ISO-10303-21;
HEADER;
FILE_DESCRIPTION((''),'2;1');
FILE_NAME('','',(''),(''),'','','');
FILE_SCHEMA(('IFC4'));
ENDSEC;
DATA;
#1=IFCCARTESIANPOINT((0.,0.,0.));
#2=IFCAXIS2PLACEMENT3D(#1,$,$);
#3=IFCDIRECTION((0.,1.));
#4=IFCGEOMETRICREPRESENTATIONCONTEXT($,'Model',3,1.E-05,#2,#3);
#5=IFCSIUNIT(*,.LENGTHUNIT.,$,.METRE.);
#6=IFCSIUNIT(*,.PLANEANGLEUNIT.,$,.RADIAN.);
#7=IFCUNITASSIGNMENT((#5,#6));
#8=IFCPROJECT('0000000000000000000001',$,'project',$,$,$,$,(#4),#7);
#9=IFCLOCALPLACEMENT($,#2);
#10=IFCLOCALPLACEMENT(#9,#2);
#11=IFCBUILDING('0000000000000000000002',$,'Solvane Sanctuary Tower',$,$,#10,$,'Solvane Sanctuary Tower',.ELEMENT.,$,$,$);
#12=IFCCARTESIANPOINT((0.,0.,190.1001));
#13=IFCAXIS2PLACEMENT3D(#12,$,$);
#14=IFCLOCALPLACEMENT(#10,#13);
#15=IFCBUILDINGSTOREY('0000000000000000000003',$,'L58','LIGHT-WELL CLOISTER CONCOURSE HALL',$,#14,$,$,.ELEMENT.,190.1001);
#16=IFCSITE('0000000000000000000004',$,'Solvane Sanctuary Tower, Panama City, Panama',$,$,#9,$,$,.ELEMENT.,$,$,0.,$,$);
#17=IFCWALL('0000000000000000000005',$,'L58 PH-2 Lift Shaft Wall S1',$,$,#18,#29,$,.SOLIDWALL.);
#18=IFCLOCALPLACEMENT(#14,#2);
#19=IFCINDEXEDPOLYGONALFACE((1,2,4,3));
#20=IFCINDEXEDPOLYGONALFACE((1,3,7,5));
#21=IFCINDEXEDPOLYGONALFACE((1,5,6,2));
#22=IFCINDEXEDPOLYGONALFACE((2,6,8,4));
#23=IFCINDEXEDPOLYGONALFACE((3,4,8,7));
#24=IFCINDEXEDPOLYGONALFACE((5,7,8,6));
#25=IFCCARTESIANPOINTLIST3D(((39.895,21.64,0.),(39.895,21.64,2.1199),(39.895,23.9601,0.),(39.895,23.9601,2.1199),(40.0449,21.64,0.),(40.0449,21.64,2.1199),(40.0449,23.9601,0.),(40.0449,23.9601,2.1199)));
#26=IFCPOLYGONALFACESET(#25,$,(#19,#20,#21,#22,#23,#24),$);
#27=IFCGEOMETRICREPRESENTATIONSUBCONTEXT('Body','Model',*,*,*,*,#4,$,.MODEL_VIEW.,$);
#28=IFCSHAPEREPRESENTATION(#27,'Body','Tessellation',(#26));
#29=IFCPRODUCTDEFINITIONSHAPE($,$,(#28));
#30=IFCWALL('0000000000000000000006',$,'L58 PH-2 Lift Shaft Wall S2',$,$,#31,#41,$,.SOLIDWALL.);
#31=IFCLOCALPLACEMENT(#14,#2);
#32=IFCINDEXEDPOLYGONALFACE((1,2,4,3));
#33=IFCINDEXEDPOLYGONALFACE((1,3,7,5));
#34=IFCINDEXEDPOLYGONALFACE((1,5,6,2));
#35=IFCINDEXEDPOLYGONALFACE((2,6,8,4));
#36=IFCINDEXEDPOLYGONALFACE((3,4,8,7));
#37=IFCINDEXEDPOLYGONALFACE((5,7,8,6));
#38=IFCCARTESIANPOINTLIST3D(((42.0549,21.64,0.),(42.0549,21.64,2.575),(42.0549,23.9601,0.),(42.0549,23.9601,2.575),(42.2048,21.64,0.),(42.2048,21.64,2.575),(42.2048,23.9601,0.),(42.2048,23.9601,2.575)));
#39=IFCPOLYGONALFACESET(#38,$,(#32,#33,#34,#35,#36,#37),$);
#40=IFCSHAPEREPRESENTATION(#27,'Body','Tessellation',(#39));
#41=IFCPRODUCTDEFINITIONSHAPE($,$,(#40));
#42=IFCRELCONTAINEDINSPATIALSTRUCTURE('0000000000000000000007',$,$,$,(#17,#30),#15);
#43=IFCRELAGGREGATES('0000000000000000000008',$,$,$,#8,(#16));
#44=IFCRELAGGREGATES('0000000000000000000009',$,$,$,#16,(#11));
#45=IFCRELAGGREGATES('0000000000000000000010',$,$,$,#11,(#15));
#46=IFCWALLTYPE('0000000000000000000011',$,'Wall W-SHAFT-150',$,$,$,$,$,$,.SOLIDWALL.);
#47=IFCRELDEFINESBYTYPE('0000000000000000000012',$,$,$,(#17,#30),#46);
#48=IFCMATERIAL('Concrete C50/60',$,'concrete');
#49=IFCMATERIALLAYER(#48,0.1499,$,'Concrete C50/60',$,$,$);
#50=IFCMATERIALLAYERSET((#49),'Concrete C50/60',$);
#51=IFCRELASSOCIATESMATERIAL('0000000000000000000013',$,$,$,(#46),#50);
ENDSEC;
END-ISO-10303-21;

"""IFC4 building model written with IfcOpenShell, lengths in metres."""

from ifc_helpers import new_model, si_unit, direction, frame, frame_2d, origin, place, context, subcontext, project, spatial, rectangle, extrude, material, layer, layer_set, type_object, element, save


model = new_model("IFC4")

# Units and contexts
model_context = context("Model", 3, precision=1e-05, world=origin(), true_north=direction((0.0, 1.0)))
body_context = subcontext(model_context, "Body", "Model", "MODEL_VIEW")
ifc_project = project(units=[si_unit("LENGTHUNIT", "METRE"), si_unit("PLANEANGLEUNIT", "RADIAN")], contexts=[model_context])

# Site, building, storey
site_placement = place(None, origin())
site = spatial("IfcSite", under=ifc_project, at=site_placement, Name="Solvane Sanctuary Tower, Panama City, Panama", CompositionType="ELEMENT", RefElevation=0.0)
building_placement = place(site_placement, origin())
building = spatial("IfcBuilding", under=site, at=building_placement, Name="Solvane Sanctuary Tower", LongName="Solvane Sanctuary Tower", CompositionType="ELEMENT")
storey_placement = place(building_placement, frame((0.0, 0.0, 190.1001)))
storey = spatial("IfcBuildingStorey", under=building, at=storey_placement, Name="L58", Description="LIGHT-WELL CLOISTER CONCOURSE HALL", CompositionType="ELEMENT", Elevation=190.1001)

# Shared definitions
ifc_material_1 = material(Name="Concrete C50/60", Category="concrete")

# Shared definitions
ifc_layer_1 = layer(ifc_material_1, 0.1499, Name="Concrete C50/60")
ifc_layer_set_1 = layer_set([ifc_layer_1], Name="Concrete C50/60")
wall_type_1 = type_object("IfcWallType", Name="Wall W-SHAFT-150", PredefinedType="SOLIDWALL", material=ifc_layer_set_1)

# Walls
wall_1_placement = place(storey_placement, frame((39.97, 21.6399, 0.0), z_axis=(0.0, 0.0, 1.0), x_axis=(0.0, 1.0, 0.0)))
element("IfcWall", 1, at=wall_1_placement, inside=storey, type_object=wall_type_1, Name="L58 PH-2 Lift Shaft Wall S1", PredefinedType="SOLIDWALL", context=body_context, shape_type="SweptSolid", body=[
    extrude(rectangle(XDim=2.3201, YDim=0.1499, at=frame_2d((1.1602, 0.0))), origin(), (0.0, 0.0, 1.0), 2.1199),
])
wall_2_placement = place(storey_placement, frame((42.1299, 21.6399, 0.0), z_axis=(0.0, 0.0, 1.0), x_axis=(0.0, 1.0, 0.0)))
element("IfcWall", 2, at=wall_2_placement, inside=storey, type_object=wall_type_1, Name="L58 PH-2 Lift Shaft Wall S2", PredefinedType="SOLIDWALL", context=body_context, shape_type="SweptSolid", body=[
    extrude(rectangle(XDim=2.3201, YDim=0.1499, at=frame_2d((1.1602, 0.0))), origin(), (0.0, 0.0, 1.0), 2.575),
])

save(model, "model.ifc")
